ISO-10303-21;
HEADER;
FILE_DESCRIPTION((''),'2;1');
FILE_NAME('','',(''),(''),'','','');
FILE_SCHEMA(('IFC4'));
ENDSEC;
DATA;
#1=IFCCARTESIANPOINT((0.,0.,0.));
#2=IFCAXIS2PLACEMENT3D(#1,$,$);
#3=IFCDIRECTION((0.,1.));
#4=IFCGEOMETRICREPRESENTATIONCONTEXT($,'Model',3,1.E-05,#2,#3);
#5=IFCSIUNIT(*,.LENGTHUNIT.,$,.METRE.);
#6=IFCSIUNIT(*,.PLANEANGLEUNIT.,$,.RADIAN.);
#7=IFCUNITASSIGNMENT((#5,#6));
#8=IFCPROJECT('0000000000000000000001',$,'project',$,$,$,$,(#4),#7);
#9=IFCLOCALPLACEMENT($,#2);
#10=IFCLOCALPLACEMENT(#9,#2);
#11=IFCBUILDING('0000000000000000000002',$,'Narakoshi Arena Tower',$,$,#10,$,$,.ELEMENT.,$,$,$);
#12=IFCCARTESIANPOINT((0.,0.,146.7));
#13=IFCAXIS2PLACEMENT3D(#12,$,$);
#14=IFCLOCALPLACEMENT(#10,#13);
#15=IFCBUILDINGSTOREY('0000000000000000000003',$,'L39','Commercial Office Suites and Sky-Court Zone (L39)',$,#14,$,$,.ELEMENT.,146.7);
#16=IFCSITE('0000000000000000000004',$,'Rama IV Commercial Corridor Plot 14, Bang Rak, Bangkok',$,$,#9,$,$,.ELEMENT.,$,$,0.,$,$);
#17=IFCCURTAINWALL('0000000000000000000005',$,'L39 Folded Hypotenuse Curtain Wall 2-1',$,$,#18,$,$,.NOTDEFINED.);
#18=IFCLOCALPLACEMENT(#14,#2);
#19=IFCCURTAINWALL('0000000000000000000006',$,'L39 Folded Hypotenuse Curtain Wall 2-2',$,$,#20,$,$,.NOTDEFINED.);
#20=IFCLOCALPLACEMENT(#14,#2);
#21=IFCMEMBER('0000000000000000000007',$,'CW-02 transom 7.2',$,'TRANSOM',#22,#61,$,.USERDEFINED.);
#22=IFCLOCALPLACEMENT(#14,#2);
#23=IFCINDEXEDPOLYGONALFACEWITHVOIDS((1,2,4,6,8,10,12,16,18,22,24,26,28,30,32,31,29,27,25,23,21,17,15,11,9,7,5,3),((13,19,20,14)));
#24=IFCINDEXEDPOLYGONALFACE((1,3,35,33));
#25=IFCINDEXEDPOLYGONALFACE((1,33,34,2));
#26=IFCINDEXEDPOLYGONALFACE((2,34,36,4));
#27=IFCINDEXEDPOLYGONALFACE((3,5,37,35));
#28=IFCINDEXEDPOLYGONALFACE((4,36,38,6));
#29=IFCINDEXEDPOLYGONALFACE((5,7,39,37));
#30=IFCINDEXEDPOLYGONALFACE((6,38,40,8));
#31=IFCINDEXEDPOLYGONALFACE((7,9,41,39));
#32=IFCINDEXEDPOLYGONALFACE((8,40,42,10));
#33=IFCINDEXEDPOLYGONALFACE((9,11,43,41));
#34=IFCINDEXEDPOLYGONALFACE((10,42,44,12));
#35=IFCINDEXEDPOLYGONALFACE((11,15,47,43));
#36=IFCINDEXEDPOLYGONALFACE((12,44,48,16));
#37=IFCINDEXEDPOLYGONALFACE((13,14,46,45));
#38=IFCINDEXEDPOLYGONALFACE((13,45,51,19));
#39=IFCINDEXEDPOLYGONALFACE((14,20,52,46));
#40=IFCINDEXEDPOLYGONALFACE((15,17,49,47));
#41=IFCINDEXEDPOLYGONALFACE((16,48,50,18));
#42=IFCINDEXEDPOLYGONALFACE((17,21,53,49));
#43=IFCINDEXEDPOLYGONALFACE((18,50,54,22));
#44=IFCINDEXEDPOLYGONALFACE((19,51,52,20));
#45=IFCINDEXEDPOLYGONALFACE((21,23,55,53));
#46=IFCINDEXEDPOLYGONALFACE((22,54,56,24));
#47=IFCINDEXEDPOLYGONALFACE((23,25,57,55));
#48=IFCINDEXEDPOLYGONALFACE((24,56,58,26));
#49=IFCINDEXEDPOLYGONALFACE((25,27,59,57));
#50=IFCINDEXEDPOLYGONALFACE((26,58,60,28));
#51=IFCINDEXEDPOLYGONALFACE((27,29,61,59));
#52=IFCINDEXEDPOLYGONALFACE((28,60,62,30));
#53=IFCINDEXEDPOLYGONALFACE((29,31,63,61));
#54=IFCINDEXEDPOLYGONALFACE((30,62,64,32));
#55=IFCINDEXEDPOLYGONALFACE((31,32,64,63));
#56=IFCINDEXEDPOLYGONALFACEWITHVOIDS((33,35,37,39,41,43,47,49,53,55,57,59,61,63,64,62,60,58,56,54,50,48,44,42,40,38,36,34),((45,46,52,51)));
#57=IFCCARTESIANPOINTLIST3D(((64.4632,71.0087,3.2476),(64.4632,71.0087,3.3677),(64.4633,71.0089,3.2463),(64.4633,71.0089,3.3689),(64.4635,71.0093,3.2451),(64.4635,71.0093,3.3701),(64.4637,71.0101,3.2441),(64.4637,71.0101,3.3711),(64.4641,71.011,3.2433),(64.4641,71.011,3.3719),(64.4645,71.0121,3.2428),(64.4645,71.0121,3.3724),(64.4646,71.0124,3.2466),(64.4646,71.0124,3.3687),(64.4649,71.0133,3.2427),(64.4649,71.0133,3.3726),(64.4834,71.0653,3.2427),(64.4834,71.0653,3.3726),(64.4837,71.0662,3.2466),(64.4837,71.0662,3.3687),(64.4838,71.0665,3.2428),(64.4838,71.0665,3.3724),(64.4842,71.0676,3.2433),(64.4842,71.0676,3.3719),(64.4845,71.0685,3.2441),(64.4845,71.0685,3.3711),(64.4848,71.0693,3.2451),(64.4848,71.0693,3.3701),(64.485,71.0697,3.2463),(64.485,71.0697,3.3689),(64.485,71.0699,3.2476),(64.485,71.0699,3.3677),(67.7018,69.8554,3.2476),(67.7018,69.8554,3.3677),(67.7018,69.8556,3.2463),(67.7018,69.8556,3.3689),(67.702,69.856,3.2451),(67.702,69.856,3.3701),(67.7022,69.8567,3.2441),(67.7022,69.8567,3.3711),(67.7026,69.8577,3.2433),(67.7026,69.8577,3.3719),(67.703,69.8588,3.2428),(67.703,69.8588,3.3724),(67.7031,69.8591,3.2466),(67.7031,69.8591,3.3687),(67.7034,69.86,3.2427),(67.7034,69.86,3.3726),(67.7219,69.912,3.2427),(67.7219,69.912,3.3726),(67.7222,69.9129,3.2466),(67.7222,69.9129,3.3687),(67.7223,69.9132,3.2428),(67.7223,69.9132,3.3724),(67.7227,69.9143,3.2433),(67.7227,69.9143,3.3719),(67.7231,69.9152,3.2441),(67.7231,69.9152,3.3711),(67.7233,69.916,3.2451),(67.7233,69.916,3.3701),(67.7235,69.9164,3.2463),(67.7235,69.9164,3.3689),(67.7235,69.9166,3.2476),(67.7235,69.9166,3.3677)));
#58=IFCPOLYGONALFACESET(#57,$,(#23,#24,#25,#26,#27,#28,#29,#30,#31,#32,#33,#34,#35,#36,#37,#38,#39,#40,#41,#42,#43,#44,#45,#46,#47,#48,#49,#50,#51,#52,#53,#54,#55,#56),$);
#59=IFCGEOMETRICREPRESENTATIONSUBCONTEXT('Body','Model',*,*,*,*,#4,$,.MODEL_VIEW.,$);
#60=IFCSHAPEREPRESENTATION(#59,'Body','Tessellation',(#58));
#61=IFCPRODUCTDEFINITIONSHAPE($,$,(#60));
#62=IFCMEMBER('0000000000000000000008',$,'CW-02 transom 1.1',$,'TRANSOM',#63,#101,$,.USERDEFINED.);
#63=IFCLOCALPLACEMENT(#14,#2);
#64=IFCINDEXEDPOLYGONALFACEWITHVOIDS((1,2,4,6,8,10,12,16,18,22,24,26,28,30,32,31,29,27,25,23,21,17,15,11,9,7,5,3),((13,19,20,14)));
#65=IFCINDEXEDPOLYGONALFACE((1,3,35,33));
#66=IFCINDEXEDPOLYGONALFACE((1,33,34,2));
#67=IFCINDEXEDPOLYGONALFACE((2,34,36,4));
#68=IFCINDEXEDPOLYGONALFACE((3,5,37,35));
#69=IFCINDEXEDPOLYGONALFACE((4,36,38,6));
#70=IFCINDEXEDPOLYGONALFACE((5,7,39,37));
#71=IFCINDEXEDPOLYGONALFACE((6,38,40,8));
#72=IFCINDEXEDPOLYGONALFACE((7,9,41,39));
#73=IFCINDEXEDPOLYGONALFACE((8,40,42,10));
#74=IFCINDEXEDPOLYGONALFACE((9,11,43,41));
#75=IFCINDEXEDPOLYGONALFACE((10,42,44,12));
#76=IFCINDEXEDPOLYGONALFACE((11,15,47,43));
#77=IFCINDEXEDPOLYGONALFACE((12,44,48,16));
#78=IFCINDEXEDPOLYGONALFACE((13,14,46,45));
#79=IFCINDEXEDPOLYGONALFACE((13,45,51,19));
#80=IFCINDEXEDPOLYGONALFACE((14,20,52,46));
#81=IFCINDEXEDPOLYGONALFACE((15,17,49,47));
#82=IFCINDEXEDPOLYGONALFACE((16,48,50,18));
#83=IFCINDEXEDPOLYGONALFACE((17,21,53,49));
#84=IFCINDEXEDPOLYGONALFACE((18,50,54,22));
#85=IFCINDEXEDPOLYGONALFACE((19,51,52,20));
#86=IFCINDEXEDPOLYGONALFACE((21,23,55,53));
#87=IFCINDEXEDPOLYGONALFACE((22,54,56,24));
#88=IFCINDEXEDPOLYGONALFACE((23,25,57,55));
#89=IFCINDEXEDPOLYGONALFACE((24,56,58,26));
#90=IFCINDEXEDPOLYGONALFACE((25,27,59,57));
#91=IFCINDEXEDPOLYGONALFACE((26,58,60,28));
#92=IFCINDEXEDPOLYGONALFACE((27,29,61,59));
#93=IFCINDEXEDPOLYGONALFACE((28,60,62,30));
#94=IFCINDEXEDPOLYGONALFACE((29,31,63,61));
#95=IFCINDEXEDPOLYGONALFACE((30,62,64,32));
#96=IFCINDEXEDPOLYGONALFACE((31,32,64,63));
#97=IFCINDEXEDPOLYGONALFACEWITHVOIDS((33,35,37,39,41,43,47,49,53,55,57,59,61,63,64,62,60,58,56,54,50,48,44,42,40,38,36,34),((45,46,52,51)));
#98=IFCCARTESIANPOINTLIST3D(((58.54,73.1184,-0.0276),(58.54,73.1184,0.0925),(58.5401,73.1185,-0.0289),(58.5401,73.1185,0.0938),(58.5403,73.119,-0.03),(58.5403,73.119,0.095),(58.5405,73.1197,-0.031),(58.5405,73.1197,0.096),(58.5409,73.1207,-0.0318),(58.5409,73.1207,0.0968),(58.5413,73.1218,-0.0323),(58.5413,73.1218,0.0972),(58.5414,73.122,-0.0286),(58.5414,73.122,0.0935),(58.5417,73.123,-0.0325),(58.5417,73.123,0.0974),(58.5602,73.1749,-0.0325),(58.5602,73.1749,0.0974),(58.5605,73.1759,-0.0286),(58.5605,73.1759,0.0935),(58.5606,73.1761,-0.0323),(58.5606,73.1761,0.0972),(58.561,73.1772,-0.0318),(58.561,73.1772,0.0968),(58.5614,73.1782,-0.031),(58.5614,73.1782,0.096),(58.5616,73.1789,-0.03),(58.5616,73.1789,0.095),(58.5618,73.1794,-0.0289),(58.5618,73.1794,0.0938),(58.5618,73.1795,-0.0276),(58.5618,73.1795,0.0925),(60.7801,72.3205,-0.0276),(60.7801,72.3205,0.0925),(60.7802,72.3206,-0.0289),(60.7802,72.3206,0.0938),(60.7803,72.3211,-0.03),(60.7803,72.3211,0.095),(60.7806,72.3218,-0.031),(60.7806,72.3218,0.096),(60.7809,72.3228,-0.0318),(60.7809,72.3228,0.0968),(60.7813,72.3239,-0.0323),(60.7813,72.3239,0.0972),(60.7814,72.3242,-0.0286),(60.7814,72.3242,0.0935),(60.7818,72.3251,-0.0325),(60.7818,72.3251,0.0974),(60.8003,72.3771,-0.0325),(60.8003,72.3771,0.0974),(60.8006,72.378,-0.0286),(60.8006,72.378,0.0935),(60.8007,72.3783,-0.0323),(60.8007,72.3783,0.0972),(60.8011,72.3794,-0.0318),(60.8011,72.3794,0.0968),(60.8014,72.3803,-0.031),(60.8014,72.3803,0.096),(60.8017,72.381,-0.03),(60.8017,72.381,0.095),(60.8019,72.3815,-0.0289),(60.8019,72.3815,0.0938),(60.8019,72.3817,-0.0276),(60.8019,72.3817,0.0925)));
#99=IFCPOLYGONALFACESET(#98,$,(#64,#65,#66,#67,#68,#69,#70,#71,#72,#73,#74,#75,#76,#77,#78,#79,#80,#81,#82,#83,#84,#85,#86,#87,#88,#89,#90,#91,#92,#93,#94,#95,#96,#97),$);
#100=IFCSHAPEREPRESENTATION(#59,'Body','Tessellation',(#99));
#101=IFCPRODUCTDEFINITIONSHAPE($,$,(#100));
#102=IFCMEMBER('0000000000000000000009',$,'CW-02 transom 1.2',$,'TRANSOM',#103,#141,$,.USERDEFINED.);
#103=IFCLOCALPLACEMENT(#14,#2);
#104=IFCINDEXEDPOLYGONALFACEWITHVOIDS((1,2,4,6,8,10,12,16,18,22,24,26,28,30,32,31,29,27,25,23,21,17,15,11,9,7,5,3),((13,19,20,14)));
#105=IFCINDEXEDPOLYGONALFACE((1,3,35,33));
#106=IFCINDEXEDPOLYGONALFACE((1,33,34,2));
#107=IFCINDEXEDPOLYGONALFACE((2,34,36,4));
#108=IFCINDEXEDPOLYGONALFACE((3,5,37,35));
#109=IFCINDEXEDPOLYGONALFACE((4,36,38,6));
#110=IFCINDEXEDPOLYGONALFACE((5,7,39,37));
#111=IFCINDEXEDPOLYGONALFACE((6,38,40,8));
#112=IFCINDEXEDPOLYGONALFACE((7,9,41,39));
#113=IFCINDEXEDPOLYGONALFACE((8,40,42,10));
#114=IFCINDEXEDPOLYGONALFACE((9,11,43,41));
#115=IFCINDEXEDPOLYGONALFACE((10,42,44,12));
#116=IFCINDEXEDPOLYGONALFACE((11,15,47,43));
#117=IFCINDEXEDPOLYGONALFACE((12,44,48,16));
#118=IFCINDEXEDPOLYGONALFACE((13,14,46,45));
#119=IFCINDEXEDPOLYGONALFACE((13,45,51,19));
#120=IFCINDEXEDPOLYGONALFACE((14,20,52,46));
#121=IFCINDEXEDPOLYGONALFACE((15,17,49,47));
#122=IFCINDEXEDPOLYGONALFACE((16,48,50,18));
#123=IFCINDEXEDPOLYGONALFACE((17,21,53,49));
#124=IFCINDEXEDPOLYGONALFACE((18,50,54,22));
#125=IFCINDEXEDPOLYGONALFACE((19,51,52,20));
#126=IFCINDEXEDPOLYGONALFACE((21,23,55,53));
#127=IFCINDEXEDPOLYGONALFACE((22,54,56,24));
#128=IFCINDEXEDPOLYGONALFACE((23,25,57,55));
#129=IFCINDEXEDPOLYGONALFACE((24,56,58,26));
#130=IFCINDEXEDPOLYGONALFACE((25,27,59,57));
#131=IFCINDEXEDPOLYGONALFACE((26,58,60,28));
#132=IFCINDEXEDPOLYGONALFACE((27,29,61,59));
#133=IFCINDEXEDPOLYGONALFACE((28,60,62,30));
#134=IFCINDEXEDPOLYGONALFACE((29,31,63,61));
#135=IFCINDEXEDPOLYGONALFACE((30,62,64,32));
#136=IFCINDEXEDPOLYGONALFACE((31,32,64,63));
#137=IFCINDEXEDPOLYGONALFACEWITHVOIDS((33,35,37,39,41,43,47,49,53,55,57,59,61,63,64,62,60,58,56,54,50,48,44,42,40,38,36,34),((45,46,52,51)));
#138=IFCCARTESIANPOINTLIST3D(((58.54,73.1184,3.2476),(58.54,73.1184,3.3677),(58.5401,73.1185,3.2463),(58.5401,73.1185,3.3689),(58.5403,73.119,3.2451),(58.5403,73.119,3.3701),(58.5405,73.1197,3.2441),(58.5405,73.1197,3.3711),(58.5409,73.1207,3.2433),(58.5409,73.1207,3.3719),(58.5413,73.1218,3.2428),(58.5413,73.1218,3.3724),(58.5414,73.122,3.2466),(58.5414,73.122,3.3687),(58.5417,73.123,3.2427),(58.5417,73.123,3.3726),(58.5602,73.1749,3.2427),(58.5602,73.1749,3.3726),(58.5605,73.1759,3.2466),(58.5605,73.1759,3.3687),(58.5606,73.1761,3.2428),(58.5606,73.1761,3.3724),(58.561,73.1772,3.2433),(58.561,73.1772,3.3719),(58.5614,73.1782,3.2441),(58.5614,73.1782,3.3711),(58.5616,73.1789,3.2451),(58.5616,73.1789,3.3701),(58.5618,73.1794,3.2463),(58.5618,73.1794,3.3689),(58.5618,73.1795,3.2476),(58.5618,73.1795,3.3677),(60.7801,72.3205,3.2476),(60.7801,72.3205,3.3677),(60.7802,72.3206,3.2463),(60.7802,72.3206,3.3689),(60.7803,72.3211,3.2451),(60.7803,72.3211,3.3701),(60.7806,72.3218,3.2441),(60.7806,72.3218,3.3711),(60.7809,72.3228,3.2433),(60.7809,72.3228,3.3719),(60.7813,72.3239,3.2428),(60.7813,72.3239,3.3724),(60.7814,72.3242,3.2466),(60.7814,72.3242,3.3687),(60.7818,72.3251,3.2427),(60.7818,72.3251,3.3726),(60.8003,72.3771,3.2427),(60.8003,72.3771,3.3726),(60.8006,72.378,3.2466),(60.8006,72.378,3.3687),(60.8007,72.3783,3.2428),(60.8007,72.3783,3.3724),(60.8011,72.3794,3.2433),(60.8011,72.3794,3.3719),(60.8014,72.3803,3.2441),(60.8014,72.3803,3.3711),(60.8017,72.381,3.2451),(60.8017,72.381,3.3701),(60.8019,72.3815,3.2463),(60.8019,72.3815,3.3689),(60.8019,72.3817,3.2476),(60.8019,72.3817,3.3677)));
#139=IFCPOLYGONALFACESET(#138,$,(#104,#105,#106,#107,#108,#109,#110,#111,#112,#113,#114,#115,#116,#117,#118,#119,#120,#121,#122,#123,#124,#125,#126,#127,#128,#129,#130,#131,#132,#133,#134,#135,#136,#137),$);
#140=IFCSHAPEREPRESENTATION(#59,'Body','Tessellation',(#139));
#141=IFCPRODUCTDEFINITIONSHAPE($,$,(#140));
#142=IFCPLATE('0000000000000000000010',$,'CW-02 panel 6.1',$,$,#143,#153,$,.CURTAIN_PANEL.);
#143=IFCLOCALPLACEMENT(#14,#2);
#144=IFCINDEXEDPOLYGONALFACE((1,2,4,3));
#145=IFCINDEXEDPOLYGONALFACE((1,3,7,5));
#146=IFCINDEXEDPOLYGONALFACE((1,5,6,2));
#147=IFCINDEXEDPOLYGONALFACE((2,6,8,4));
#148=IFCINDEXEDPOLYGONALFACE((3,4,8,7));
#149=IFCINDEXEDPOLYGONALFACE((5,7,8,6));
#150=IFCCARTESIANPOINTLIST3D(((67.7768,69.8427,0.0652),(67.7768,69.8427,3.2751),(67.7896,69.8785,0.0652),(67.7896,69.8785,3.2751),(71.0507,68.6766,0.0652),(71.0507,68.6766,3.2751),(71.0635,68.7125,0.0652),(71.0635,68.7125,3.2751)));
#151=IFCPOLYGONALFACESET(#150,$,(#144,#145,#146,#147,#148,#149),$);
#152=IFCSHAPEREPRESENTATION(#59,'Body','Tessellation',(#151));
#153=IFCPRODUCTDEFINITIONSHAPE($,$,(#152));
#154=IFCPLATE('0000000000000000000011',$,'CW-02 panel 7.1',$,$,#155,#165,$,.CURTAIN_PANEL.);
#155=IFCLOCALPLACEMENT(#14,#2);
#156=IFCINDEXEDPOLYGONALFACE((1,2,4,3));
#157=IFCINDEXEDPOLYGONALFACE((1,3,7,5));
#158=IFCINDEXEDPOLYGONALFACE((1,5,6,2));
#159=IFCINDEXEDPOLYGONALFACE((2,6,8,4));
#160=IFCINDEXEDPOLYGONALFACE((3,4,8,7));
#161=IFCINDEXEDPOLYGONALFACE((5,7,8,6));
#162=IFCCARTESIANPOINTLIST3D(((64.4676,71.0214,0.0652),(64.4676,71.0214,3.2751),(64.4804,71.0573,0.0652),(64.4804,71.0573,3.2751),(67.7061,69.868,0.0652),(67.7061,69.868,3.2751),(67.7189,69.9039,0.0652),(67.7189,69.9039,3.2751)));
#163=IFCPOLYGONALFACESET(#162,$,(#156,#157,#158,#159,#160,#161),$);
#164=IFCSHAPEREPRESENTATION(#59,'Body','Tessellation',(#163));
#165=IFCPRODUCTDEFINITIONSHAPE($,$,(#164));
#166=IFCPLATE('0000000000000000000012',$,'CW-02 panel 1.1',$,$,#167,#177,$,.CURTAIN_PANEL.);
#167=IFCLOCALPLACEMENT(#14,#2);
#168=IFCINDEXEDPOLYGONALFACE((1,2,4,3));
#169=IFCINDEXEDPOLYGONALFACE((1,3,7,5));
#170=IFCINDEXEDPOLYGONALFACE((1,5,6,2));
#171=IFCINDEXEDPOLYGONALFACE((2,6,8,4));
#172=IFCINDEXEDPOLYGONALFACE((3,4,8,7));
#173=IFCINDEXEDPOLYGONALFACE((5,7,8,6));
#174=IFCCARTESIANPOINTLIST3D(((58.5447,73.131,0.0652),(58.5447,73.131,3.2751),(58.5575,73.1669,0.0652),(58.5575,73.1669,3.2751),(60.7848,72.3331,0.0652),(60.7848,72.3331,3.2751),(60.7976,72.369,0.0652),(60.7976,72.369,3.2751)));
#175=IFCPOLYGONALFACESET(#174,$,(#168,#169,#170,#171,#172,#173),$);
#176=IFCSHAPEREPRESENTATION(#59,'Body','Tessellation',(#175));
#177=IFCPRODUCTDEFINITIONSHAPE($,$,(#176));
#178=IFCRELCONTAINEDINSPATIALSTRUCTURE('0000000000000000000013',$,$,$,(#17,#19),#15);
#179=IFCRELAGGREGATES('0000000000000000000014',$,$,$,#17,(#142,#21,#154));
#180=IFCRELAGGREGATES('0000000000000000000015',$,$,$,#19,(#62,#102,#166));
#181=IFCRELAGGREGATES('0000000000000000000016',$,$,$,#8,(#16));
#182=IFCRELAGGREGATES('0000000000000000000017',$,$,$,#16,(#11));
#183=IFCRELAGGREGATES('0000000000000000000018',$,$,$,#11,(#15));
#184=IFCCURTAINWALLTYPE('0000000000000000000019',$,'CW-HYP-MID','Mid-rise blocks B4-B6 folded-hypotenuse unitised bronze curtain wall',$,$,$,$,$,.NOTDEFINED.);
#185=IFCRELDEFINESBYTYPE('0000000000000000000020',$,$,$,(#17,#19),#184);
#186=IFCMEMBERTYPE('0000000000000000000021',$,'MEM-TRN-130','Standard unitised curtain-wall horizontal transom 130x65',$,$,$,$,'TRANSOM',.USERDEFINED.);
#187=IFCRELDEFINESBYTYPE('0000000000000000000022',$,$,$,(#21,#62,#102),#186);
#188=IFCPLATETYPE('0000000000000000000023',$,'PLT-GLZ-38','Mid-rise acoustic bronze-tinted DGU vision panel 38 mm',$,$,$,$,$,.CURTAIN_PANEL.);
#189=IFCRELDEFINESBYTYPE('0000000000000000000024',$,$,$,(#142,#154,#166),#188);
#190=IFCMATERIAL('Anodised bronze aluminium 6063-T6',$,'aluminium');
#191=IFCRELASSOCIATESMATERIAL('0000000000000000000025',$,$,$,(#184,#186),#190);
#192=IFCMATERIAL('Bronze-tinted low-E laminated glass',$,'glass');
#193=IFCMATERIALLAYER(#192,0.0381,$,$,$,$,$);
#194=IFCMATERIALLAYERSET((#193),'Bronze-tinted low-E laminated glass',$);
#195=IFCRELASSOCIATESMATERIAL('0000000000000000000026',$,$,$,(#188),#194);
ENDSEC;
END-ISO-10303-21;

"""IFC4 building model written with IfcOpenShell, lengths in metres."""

from ifc_helpers import new_model, si_unit, direction, frame, origin, origin_2d, place, context, subcontext, project, spatial, rectangle, hollow_rectangle, extrude, material, layer, layer_set, material_profile, profile_set, type_object, element, aggregate, save


model = new_model("IFC4")

# Units and contexts
model_context = context("Model", 3, precision=1e-05, world=origin(), true_north=direction((0.0, 1.0)))
body_context = subcontext(model_context, "Body", "Model", "MODEL_VIEW")
ifc_project = project(units=[si_unit("LENGTHUNIT", "METRE"), si_unit("PLANEANGLEUNIT", "RADIAN")], contexts=[model_context])

# Site, building, storey
site_placement = place(None, origin())
site = spatial("IfcSite", under=ifc_project, at=site_placement, Name="Rama IV Commercial Corridor Plot 14, Bang Rak, Bangkok", CompositionType="ELEMENT", RefElevation=0.0)
building_placement = place(site_placement, origin())
building = spatial("IfcBuilding", under=site, at=building_placement, Name="Narakoshi Arena Tower", CompositionType="ELEMENT")
storey_placement = place(building_placement, frame((0.0, 0.0, 146.7)))
storey = spatial("IfcBuildingStorey", under=building, at=storey_placement, Name="L39", Description="Commercial Office Suites and Sky-Court Zone (L39)", CompositionType="ELEMENT", Elevation=146.7)

# Curtain walls
ifc_material_1 = material(Name="Anodised bronze aluminium 6063-T6", Category="aluminium")
curtain_wall_type = type_object("IfcCurtainWallType", Name="CW-HYP-MID", Description="Mid-rise blocks B4-B6 folded-hypotenuse unitised bronze curtain wall", PredefinedType="NOTDEFINED", material=ifc_material_1)
curtain_wall_1_placement = place(storey_placement, origin())
curtain_wall_1 = element("IfcCurtainWall", 1, at=curtain_wall_1_placement, inside=storey, type_object=curtain_wall_type, Name="L39 Folded Hypotenuse Curtain Wall 2-1", PredefinedType="NOTDEFINED")
curtain_wall_2_placement = place(storey_placement, origin())
curtain_wall_2 = element("IfcCurtainWall", 2, at=curtain_wall_2_placement, inside=storey, type_object=curtain_wall_type, Name="L39 Folded Hypotenuse Curtain Wall 2-2", PredefinedType="NOTDEFINED")

# Members
ifc_material_profile_1 = material_profile(ifc_material_1, hollow_rectangle(XDim=0.0649, YDim=0.1299, WallThickness=0.0039, OuterFilletRadius=0.0049, at=origin_2d()), Name="TRN130x65x4")
ifc_profile_set_1 = profile_set([ifc_material_profile_1], Name="Anodised bronze aluminium 6063-T6")
member_type_1 = type_object("IfcMemberType", Name="MEM-TRN-130", Description="Standard unitised curtain-wall horizontal transom 130x65", ElementType="TRANSOM", PredefinedType="USERDEFINED", material=ifc_profile_set_1)
member_1_placement = place(storey_placement, frame((67.7126, 69.886, 3.3076), z_axis=(-0.942045, 0.335486, 0.0), x_axis=(-0.335486, -0.942045, 0.0)))
member_1 = element("IfcMember", 3, at=member_1_placement, type_object=member_type_1, Name="CW-02 transom 7.2", ObjectType="TRANSOM", PredefinedType="USERDEFINED", context=body_context, shape_type="SweptSolid", body=[
    extrude(hollow_rectangle(XDim=0.0649, YDim=0.1299, WallThickness=0.0039, OuterFilletRadius=0.0049, at=origin_2d()), origin(), (0.0, 0.0, 1.0), 3.4377),
])
member_2_placement = place(storey_placement, frame((60.791, 72.3511, 0.0325), z_axis=(-0.942027, 0.335536, 0.0), x_axis=(-0.335536, -0.942027, 0.0)))
member_2 = element("IfcMember", 4, at=member_2_placement, type_object=member_type_1, Name="CW-02 transom 1.1", ObjectType="TRANSOM", PredefinedType="USERDEFINED", context=body_context, shape_type="SweptSolid", body=[
    extrude(hollow_rectangle(XDim=0.0649, YDim=0.1299, WallThickness=0.0039, OuterFilletRadius=0.0049, at=origin_2d()), origin(), (0.0, 0.0, 1.0), 2.3779),
])
member_3_placement = place(storey_placement, frame((60.791, 72.3511, 3.3076), z_axis=(-0.942027, 0.335536, 0.0), x_axis=(-0.335536, -0.942027, 0.0)))
member_3 = element("IfcMember", 5, at=member_3_placement, type_object=member_type_1, Name="CW-02 transom 1.2", ObjectType="TRANSOM", PredefinedType="USERDEFINED", context=body_context, shape_type="SweptSolid", body=[
    extrude(hollow_rectangle(XDim=0.0649, YDim=0.1299, WallThickness=0.0039, OuterFilletRadius=0.0049, at=origin_2d()), origin(), (0.0, 0.0, 1.0), 2.3779),
])

# Plates
ifc_material_2 = material(Name="Bronze-tinted low-E laminated glass", Category="glass")
ifc_layer_1 = layer(ifc_material_2, 0.0381)
ifc_layer_set_1 = layer_set([ifc_layer_1], Name="Bronze-tinted low-E laminated glass")
plate_type = type_object("IfcPlateType", Name="PLT-GLZ-38", Description="Mid-rise acoustic bronze-tinted DGU vision panel 38 mm", PredefinedType="CURTAIN_PANEL", material=ifc_layer_set_1)
plate_1_placement = place(storey_placement, frame((69.4202, 69.2776, 0.0652), z_axis=(0.0, 0.0, 1.0), x_axis=(-0.942034, 0.335518, 0.0)))
plate_1 = element("IfcPlate", 6, at=plate_1_placement, type_object=plate_type, Name="CW-02 panel 6.1", PredefinedType="CURTAIN_PANEL", context=body_context, shape_type="SweptSolid", body=[
    extrude(rectangle(XDim=3.4753, YDim=0.0381, at=origin_2d()), origin(), (0.0, 0.0, 1.0), 3.21),
])
plate_2_placement = place(storey_placement, frame((66.0933, 70.4626, 0.0652), z_axis=(0.0, 0.0, 1.0), x_axis=(-0.942034, 0.335518, 0.0)))
plate_2 = element("IfcPlate", 7, at=plate_2_placement, type_object=plate_type, Name="CW-02 panel 7.1", PredefinedType="CURTAIN_PANEL", context=body_context, shape_type="SweptSolid", body=[
    extrude(rectangle(XDim=3.4377, YDim=0.0381, at=origin_2d()), origin(), (0.0, 0.0, 1.0), 3.21),
])
aggregate(curtain_wall_1, [plate_1, member_1, plate_2])
plate_3_placement = place(storey_placement, frame((59.6711, 72.75, 0.0652), z_axis=(0.0, 0.0, 1.0), x_axis=(-0.942025, 0.335542, 0.0)))
plate_3 = element("IfcPlate", 8, at=plate_3_placement, type_object=plate_type, Name="CW-02 panel 1.1", PredefinedType="CURTAIN_PANEL", context=body_context, shape_type="SweptSolid", body=[
    extrude(rectangle(XDim=2.3779, YDim=0.0381, at=origin_2d()), origin(), (0.0, 0.0, 1.0), 3.21),
])
aggregate(curtain_wall_2, [member_2, member_3, plate_3])

save(model, "model.ifc")
